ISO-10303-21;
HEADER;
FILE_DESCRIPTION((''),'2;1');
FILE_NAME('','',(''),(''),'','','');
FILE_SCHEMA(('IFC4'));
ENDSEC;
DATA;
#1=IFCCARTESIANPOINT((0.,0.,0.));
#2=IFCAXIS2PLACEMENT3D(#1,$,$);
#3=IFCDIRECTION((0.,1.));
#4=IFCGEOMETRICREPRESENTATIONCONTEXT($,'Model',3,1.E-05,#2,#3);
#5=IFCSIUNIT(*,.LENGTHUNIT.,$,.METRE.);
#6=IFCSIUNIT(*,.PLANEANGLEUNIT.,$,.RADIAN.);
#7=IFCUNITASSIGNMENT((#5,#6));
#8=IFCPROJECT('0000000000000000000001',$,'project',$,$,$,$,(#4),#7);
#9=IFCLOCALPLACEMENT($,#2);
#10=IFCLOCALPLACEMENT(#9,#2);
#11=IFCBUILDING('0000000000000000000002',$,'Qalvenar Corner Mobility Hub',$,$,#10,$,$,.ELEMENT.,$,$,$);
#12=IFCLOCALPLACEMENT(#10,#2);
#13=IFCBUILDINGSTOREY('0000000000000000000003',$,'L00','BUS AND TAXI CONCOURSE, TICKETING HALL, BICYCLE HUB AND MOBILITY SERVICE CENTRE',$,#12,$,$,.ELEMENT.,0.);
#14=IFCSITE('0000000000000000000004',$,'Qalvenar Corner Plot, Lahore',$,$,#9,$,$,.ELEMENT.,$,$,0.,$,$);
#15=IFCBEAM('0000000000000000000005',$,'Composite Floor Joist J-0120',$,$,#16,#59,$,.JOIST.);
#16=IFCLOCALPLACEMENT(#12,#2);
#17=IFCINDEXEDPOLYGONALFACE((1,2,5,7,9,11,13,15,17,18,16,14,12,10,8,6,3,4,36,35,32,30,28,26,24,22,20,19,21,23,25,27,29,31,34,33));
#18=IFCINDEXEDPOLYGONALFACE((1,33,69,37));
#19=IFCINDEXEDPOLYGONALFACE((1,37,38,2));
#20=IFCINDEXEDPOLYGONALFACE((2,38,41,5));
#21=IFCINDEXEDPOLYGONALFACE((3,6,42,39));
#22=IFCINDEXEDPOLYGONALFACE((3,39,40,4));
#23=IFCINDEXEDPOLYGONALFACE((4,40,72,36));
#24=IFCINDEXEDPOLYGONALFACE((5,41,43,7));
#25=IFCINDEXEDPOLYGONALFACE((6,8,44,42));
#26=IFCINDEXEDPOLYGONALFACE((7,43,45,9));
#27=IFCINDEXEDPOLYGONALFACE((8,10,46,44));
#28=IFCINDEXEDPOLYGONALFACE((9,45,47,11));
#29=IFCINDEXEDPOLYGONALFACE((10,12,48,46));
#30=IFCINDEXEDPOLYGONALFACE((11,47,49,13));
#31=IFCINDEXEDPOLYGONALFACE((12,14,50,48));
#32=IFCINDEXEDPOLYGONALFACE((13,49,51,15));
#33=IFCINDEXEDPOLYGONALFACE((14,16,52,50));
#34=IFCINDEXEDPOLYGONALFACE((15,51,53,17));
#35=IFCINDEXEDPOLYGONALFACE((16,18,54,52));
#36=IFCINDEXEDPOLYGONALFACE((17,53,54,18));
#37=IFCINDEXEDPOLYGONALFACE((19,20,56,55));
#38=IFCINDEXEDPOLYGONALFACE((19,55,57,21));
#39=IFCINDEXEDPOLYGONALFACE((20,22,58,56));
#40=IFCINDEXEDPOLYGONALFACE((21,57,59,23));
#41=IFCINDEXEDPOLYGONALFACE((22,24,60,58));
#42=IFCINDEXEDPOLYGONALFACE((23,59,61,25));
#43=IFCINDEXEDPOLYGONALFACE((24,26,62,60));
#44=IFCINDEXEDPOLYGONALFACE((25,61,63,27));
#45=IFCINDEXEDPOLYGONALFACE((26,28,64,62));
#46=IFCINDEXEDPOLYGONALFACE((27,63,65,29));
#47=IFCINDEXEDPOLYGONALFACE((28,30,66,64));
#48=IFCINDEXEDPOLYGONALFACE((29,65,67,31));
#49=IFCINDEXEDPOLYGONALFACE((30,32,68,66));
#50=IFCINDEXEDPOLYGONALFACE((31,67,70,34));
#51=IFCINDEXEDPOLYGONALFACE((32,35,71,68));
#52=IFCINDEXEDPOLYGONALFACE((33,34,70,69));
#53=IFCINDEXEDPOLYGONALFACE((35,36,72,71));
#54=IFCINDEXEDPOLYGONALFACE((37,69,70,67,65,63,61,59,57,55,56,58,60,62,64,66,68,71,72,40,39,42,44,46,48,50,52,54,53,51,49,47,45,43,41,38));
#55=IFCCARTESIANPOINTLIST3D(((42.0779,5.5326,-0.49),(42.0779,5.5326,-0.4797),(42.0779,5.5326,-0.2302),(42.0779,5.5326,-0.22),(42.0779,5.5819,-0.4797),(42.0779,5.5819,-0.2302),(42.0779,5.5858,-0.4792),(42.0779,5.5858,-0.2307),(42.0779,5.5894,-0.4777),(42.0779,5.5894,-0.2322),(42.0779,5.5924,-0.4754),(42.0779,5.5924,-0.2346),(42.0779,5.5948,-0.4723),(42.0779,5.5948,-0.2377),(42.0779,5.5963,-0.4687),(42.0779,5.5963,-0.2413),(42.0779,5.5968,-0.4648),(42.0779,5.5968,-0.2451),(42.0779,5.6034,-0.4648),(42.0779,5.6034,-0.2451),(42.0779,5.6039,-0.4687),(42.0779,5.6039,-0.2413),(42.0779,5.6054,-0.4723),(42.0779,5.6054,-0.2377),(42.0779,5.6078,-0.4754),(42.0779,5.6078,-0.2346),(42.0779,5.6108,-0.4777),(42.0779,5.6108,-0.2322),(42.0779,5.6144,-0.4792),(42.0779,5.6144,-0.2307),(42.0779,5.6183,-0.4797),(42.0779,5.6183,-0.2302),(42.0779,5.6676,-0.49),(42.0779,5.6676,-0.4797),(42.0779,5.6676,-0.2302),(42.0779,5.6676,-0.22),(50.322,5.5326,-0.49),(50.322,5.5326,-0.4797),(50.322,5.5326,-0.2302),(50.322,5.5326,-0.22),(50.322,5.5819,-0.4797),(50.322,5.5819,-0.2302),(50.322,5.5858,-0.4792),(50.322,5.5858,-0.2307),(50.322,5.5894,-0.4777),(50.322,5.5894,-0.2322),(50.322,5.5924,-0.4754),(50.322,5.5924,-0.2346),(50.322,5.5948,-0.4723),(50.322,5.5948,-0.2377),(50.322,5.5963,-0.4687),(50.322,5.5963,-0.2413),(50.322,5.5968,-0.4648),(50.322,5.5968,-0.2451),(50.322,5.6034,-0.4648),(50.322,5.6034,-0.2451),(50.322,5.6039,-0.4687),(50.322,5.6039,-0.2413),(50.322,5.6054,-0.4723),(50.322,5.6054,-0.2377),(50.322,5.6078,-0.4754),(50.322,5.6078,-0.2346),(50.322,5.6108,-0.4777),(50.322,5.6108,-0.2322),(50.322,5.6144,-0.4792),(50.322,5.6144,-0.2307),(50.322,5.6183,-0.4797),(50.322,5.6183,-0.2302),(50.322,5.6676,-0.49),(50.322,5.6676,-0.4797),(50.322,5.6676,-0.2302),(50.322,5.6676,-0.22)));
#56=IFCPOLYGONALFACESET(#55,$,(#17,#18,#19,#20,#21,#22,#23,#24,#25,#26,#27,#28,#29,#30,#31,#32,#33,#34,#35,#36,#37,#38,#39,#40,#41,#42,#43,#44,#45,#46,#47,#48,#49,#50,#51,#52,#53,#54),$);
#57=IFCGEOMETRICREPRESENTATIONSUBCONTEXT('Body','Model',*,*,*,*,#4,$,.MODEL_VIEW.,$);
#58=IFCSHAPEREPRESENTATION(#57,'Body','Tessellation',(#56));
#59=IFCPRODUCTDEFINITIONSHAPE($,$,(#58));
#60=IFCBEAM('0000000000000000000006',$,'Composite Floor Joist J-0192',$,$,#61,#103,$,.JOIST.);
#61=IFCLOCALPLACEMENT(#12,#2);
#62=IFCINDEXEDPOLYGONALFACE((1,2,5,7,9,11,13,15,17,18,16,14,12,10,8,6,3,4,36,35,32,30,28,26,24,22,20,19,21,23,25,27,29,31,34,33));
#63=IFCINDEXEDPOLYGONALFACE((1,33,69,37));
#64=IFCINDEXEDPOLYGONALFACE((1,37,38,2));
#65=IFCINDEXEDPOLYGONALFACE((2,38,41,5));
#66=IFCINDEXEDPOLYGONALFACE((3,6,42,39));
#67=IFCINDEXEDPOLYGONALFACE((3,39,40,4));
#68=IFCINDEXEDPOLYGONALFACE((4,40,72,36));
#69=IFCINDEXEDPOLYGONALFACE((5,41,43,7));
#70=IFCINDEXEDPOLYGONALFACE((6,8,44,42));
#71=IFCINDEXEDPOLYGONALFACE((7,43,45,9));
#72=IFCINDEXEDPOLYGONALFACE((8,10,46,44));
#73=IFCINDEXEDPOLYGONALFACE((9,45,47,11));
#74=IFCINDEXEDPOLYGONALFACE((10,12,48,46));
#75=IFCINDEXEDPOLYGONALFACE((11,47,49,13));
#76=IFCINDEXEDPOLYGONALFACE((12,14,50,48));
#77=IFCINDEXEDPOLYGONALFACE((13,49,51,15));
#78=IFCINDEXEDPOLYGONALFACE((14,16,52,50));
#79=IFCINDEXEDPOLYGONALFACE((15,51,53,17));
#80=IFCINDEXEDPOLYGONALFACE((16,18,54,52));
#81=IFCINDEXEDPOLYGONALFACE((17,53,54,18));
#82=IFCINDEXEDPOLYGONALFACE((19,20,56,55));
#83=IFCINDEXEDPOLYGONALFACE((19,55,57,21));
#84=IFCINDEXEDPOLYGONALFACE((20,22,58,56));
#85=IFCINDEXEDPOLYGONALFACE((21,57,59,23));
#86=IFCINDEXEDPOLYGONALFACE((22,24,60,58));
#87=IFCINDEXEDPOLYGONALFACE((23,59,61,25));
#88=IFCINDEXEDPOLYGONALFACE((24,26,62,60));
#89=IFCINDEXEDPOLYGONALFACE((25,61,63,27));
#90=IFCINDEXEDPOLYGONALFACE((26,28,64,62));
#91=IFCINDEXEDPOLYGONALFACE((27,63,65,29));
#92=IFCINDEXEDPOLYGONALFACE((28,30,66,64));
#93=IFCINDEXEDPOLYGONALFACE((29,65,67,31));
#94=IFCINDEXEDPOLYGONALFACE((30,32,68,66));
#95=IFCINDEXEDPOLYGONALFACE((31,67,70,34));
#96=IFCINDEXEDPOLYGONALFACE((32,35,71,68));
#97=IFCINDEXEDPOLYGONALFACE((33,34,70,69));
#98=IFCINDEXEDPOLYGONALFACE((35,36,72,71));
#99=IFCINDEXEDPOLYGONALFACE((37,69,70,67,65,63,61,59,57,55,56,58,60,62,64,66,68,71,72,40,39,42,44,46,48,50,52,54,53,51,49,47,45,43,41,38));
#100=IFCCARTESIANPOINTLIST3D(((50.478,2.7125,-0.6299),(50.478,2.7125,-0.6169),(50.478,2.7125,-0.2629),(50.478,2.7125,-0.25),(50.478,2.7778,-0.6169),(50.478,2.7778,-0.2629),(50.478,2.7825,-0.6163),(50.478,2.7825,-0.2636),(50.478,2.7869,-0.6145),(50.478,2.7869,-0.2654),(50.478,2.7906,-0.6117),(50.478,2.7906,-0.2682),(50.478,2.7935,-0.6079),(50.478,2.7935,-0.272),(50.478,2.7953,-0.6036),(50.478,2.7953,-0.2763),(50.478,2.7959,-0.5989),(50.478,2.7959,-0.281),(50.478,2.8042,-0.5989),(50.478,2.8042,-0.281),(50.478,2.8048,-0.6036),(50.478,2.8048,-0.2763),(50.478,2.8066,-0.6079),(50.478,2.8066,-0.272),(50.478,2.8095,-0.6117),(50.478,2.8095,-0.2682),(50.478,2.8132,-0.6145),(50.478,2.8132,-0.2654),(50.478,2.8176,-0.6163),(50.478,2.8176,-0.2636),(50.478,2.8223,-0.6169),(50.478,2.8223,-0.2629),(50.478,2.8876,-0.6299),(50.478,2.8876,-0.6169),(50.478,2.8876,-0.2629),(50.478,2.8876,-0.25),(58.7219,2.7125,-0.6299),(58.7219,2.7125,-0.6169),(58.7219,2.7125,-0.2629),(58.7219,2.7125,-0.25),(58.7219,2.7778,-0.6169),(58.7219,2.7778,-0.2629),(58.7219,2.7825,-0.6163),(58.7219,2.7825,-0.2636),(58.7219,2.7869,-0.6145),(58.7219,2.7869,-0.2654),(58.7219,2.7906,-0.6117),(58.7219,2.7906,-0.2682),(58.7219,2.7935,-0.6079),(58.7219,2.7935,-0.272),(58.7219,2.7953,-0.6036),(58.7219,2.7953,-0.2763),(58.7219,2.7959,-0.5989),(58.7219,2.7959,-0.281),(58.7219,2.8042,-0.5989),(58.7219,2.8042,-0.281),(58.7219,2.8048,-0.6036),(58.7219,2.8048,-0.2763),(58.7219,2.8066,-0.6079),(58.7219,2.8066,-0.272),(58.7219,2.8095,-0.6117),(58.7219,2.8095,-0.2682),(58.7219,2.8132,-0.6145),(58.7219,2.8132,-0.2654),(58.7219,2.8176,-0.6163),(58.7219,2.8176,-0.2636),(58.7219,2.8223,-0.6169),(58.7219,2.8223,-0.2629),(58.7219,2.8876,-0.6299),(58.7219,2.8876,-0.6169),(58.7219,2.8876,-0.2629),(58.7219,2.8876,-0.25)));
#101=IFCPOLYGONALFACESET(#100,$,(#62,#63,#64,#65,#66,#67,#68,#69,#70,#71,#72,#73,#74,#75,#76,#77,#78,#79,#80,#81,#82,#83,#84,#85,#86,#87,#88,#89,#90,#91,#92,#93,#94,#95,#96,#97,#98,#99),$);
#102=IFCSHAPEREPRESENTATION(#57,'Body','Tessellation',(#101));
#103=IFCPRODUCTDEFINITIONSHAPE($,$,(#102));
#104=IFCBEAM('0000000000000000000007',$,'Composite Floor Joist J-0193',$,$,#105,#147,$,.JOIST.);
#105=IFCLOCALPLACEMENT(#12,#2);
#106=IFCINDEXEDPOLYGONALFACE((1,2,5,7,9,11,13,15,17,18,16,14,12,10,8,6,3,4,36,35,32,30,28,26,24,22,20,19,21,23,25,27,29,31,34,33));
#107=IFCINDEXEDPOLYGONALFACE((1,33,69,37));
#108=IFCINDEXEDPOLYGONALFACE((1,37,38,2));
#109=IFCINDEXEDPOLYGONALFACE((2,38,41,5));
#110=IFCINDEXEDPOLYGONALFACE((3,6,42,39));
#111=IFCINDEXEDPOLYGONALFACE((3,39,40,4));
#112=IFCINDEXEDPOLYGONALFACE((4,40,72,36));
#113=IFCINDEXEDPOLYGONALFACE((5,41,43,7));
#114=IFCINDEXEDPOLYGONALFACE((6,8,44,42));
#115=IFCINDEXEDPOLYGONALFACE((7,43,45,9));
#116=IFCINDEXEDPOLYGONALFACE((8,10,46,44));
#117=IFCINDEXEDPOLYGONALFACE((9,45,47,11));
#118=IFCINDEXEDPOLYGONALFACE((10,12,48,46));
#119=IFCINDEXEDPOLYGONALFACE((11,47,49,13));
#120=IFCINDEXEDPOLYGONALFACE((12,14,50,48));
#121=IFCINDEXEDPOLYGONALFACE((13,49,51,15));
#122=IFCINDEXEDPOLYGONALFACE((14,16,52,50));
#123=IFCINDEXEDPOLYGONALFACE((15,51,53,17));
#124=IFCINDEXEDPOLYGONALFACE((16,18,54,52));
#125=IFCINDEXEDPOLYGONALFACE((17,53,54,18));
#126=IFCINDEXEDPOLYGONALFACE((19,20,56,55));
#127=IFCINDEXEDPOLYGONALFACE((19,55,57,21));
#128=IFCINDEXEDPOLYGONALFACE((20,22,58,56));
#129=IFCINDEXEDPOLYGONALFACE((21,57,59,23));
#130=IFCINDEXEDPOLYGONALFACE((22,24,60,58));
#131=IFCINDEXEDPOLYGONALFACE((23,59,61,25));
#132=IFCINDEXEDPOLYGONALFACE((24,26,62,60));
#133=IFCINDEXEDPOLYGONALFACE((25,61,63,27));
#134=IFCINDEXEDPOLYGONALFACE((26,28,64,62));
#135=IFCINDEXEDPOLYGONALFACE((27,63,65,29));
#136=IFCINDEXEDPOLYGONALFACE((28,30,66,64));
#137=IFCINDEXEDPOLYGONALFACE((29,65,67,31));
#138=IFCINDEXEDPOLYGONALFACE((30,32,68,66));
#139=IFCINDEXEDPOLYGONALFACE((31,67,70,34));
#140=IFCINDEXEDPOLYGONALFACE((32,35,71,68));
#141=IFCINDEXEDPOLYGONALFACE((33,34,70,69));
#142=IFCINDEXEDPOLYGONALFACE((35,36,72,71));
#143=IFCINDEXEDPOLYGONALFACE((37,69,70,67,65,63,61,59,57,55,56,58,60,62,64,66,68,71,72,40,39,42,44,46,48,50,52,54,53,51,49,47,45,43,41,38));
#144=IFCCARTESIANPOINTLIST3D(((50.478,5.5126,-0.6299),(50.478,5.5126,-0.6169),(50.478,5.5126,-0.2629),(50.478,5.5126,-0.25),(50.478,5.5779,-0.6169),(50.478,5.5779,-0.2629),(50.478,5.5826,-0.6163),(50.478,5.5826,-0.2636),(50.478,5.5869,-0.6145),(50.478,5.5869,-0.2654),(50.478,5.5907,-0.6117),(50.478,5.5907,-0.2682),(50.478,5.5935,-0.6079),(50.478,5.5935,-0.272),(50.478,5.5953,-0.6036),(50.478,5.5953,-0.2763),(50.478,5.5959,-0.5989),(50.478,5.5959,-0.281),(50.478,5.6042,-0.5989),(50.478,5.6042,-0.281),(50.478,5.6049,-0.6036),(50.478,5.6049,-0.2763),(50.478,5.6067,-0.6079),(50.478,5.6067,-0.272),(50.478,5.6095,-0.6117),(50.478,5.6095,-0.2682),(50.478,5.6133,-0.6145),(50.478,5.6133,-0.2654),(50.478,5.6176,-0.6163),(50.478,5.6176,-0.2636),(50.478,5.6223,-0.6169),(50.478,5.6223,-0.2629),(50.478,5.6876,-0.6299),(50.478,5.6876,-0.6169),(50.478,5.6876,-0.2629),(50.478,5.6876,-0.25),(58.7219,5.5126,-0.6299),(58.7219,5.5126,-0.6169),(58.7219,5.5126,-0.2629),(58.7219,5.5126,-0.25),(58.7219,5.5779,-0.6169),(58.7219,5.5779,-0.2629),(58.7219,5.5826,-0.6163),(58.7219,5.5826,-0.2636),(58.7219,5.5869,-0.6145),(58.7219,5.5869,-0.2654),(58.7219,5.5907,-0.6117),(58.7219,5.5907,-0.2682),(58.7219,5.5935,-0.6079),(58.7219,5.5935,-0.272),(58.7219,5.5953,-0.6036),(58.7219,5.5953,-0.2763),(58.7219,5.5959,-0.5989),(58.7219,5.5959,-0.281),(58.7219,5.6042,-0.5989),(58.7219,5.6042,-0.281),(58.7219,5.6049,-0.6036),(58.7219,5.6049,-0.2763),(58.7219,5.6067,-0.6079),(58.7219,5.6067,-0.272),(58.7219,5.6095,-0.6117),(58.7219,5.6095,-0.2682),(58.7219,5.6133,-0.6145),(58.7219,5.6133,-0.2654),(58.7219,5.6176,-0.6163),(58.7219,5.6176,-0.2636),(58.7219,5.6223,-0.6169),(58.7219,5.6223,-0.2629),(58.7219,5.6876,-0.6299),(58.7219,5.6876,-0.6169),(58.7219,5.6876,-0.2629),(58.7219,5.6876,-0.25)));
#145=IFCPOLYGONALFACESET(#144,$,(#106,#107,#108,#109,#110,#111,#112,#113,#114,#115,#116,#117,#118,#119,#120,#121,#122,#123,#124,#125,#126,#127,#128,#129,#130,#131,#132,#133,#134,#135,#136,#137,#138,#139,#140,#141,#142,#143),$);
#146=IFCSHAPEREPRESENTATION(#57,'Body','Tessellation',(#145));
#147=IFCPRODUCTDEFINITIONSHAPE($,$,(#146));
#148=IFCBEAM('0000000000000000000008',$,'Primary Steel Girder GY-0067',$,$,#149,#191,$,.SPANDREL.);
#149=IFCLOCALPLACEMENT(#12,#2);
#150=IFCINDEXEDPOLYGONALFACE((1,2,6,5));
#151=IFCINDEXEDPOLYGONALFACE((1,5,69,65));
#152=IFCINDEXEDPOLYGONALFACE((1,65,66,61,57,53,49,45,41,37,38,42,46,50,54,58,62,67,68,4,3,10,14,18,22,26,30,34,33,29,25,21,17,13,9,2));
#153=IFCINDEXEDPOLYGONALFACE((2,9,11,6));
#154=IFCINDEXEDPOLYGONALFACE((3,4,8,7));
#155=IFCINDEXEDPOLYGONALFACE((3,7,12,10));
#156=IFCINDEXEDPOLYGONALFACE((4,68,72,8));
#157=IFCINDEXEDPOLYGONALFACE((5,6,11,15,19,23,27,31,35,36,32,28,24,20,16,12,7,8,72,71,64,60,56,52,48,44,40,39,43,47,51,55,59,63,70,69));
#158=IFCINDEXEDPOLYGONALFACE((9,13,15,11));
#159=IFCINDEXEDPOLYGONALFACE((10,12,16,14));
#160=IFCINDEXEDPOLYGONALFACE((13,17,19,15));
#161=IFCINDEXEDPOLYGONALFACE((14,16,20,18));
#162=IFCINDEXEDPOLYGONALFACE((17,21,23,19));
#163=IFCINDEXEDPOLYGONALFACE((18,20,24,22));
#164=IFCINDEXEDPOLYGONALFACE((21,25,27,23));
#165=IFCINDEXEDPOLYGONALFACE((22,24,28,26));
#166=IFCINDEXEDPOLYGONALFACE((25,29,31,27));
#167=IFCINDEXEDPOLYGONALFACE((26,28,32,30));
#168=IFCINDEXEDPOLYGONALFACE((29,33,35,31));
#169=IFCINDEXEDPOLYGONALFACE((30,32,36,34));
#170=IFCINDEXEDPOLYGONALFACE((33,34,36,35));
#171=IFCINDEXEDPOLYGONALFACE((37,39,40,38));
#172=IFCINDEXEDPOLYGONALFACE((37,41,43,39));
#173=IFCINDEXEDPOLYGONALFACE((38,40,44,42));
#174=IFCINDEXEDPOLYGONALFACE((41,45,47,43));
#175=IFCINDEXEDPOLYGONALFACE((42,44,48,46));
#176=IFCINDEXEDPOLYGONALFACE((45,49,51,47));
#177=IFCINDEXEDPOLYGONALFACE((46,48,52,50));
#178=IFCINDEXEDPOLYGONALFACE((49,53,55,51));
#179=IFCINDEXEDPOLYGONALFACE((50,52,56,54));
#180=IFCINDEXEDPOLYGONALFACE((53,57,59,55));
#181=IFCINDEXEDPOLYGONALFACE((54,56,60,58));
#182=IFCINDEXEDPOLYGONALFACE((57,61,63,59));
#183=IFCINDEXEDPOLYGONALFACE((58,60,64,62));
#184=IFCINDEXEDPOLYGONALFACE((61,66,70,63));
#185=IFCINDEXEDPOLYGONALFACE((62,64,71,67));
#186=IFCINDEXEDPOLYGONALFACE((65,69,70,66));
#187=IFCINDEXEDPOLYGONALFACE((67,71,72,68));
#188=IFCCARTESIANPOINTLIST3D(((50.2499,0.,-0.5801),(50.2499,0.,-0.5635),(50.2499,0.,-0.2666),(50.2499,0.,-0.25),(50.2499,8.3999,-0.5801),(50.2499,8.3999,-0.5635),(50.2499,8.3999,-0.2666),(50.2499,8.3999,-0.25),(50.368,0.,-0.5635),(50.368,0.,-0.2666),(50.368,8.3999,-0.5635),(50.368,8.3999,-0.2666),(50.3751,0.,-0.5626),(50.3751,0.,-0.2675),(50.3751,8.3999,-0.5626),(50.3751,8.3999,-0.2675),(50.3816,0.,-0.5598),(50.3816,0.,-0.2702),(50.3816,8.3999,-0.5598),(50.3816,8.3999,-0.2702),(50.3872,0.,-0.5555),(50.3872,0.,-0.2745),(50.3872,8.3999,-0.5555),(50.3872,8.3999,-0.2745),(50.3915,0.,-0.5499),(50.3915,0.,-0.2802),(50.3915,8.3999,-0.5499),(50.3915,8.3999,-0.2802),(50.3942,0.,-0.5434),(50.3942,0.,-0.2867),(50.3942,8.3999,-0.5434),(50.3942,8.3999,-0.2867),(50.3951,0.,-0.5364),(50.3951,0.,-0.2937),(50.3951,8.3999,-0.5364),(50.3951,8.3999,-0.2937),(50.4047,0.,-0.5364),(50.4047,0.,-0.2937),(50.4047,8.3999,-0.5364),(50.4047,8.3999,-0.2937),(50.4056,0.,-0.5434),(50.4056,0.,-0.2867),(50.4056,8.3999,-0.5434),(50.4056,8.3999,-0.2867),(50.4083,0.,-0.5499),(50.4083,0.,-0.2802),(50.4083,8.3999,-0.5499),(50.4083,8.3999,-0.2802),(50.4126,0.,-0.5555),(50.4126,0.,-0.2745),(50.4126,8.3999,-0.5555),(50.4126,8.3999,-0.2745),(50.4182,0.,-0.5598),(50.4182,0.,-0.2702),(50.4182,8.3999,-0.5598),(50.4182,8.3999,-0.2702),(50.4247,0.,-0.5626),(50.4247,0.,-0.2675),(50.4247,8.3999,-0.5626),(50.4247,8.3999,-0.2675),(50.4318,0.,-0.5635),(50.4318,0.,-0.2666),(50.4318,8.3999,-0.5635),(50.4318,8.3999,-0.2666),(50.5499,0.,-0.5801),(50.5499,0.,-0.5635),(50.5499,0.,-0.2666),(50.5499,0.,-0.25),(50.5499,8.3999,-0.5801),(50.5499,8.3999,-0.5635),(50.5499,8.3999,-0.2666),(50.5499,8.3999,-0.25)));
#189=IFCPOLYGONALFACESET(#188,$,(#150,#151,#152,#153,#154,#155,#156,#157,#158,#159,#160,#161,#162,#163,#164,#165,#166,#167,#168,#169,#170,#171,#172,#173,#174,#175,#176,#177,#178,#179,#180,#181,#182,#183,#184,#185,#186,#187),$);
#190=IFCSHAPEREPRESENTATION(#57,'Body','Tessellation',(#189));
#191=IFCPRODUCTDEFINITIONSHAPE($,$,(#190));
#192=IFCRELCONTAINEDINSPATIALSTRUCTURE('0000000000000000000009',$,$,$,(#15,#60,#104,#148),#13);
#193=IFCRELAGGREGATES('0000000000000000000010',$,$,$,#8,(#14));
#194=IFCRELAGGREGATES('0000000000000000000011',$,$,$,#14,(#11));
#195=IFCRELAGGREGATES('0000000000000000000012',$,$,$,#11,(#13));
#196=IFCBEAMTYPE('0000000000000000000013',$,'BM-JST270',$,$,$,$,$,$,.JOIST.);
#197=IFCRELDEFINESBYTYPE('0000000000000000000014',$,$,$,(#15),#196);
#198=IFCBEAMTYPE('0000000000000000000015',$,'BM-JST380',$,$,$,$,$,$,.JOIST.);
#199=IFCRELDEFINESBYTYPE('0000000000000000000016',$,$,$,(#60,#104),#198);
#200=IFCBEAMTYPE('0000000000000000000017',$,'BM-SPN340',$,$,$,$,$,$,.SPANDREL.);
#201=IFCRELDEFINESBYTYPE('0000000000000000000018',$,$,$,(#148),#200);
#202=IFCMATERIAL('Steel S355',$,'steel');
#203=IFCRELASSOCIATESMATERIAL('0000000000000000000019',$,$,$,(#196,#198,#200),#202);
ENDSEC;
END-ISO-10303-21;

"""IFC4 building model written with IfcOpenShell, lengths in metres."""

from ifc_helpers import new_model, si_unit, direction, frame, origin, origin_2d, place, context, subcontext, project, spatial, i_section, extrude, material, material_profile, profile_set, type_object, element, save


model = new_model("IFC4")

# Units and contexts
model_context = context("Model", 3, precision=1e-05, world=origin(), true_north=direction((0.0, 1.0)))
body_context = subcontext(model_context, "Body", "Model", "MODEL_VIEW")
ifc_project = project(units=[si_unit("LENGTHUNIT", "METRE"), si_unit("PLANEANGLEUNIT", "RADIAN")], contexts=[model_context])

# Site, building, storey
site_placement = place(None, origin())
site = spatial("IfcSite", under=ifc_project, at=site_placement, Name="Qalvenar Corner Plot, Lahore", CompositionType="ELEMENT", RefElevation=0.0)
building_placement = place(site_placement, origin())
building = spatial("IfcBuilding", under=site, at=building_placement, Name="Qalvenar Corner Mobility Hub", CompositionType="ELEMENT")
storey_placement = place(building_placement, origin())
storey = spatial("IfcBuildingStorey", under=building, at=storey_placement, Name="L00", Description="BUS AND TAXI CONCOURSE, TICKETING HALL, BICYCLE HUB AND MOBILITY SERVICE CENTRE", CompositionType="ELEMENT", Elevation=0.0)

# Shared definitions
ifc_material_1 = material(Name="Steel S355", Category="steel")

# Beams
ifc_material_profile_1 = material_profile(ifc_material_1, i_section(OverallWidth=0.135, OverallDepth=0.27, WebThickness=0.0066, FlangeThickness=0.0103, FilletRadius=0.0149, at=origin_2d()), Name="IPE270")
ifc_profile_set_1 = profile_set([ifc_material_profile_1], Name="Steel S355")
beam_type_1 = type_object("IfcBeamType", Name="BM-JST270", PredefinedType="JOIST", material=ifc_profile_set_1)
for number, where, z_axis, x_axis, name in (
    (1, (42.0779, 5.6001, -0.355), (1.0, 0.0, 0.0), (0.0, 1.0, 0.0), "Composite Floor Joist J-0120"),
):
    element("IfcBeam", number, at=place(storey_placement, frame(where, z_axis=z_axis, x_axis=x_axis)), inside=storey, type_object=beam_type_1, Name=name, PredefinedType="JOIST", context=body_context, shape_type="SweptSolid", body=[
        extrude(i_section(OverallWidth=0.135, OverallDepth=0.27, WebThickness=0.0066, FlangeThickness=0.0103, FilletRadius=0.0149, at=origin_2d()), origin(), (0.0, 0.0, 1.0), 8.2441),
    ])
ifc_material_profile_2 = material_profile(ifc_material_1, i_section(OverallWidth=0.175, OverallDepth=0.3799, WebThickness=0.0083, FlangeThickness=0.0129, FilletRadius=0.0181, at=origin_2d()), Name="IPE380-EQ")
ifc_profile_set_2 = profile_set([ifc_material_profile_2], Name="Steel S355")
beam_type_2 = type_object("IfcBeamType", Name="BM-JST380", PredefinedType="JOIST", material=ifc_profile_set_2)
for number, where, z_axis, x_axis, name in (
    (2, (50.478, 2.8, -0.4399), (1.0, 0.0, 0.0), (0.0, 1.0, 0.0), "Composite Floor Joist J-0192"),
    (3, (50.478, 5.6001, -0.4399), (1.0, 0.0, 0.0), (0.0, 1.0, 0.0), "Composite Floor Joist J-0193"),
):
    element("IfcBeam", number, at=place(storey_placement, frame(where, z_axis=z_axis, x_axis=x_axis)), inside=storey, type_object=beam_type_2, Name=name, PredefinedType="JOIST", context=body_context, shape_type="SweptSolid", body=[
        extrude(i_section(OverallWidth=0.175, OverallDepth=0.3799, WebThickness=0.0083, FlangeThickness=0.0129, FilletRadius=0.0181, at=origin_2d()), origin(), (0.0, 0.0, 1.0), 8.2439),
    ])
ifc_material_profile_3 = material_profile(ifc_material_1, i_section(OverallWidth=0.3, OverallDepth=0.3301, WebThickness=0.0095, FlangeThickness=0.0166, FilletRadius=0.0271, at=origin_2d()), Name="HEA340")
ifc_profile_set_3 = profile_set([ifc_material_profile_3], Name="Steel S355")
beam_type_3 = type_object("IfcBeamType", Name="BM-SPN340", PredefinedType="SPANDREL", material=ifc_profile_set_3)
beam_1_placement = place(storey_placement, frame((50.3999, 0.0, -0.415), z_axis=(0.0, 1.0, 0.0), x_axis=(-1.0, 0.0, 0.0)))
element("IfcBeam", 4, at=beam_1_placement, inside=storey, type_object=beam_type_3, Name="Primary Steel Girder GY-0067", PredefinedType="SPANDREL", context=body_context, shape_type="SweptSolid", body=[
    extrude(i_section(OverallWidth=0.3, OverallDepth=0.3301, WebThickness=0.0095, FlangeThickness=0.0166, FilletRadius=0.0271, at=origin_2d()), origin(), (0.0, 0.0, 1.0), 8.3999),
])

save(model, "model.ifc")
